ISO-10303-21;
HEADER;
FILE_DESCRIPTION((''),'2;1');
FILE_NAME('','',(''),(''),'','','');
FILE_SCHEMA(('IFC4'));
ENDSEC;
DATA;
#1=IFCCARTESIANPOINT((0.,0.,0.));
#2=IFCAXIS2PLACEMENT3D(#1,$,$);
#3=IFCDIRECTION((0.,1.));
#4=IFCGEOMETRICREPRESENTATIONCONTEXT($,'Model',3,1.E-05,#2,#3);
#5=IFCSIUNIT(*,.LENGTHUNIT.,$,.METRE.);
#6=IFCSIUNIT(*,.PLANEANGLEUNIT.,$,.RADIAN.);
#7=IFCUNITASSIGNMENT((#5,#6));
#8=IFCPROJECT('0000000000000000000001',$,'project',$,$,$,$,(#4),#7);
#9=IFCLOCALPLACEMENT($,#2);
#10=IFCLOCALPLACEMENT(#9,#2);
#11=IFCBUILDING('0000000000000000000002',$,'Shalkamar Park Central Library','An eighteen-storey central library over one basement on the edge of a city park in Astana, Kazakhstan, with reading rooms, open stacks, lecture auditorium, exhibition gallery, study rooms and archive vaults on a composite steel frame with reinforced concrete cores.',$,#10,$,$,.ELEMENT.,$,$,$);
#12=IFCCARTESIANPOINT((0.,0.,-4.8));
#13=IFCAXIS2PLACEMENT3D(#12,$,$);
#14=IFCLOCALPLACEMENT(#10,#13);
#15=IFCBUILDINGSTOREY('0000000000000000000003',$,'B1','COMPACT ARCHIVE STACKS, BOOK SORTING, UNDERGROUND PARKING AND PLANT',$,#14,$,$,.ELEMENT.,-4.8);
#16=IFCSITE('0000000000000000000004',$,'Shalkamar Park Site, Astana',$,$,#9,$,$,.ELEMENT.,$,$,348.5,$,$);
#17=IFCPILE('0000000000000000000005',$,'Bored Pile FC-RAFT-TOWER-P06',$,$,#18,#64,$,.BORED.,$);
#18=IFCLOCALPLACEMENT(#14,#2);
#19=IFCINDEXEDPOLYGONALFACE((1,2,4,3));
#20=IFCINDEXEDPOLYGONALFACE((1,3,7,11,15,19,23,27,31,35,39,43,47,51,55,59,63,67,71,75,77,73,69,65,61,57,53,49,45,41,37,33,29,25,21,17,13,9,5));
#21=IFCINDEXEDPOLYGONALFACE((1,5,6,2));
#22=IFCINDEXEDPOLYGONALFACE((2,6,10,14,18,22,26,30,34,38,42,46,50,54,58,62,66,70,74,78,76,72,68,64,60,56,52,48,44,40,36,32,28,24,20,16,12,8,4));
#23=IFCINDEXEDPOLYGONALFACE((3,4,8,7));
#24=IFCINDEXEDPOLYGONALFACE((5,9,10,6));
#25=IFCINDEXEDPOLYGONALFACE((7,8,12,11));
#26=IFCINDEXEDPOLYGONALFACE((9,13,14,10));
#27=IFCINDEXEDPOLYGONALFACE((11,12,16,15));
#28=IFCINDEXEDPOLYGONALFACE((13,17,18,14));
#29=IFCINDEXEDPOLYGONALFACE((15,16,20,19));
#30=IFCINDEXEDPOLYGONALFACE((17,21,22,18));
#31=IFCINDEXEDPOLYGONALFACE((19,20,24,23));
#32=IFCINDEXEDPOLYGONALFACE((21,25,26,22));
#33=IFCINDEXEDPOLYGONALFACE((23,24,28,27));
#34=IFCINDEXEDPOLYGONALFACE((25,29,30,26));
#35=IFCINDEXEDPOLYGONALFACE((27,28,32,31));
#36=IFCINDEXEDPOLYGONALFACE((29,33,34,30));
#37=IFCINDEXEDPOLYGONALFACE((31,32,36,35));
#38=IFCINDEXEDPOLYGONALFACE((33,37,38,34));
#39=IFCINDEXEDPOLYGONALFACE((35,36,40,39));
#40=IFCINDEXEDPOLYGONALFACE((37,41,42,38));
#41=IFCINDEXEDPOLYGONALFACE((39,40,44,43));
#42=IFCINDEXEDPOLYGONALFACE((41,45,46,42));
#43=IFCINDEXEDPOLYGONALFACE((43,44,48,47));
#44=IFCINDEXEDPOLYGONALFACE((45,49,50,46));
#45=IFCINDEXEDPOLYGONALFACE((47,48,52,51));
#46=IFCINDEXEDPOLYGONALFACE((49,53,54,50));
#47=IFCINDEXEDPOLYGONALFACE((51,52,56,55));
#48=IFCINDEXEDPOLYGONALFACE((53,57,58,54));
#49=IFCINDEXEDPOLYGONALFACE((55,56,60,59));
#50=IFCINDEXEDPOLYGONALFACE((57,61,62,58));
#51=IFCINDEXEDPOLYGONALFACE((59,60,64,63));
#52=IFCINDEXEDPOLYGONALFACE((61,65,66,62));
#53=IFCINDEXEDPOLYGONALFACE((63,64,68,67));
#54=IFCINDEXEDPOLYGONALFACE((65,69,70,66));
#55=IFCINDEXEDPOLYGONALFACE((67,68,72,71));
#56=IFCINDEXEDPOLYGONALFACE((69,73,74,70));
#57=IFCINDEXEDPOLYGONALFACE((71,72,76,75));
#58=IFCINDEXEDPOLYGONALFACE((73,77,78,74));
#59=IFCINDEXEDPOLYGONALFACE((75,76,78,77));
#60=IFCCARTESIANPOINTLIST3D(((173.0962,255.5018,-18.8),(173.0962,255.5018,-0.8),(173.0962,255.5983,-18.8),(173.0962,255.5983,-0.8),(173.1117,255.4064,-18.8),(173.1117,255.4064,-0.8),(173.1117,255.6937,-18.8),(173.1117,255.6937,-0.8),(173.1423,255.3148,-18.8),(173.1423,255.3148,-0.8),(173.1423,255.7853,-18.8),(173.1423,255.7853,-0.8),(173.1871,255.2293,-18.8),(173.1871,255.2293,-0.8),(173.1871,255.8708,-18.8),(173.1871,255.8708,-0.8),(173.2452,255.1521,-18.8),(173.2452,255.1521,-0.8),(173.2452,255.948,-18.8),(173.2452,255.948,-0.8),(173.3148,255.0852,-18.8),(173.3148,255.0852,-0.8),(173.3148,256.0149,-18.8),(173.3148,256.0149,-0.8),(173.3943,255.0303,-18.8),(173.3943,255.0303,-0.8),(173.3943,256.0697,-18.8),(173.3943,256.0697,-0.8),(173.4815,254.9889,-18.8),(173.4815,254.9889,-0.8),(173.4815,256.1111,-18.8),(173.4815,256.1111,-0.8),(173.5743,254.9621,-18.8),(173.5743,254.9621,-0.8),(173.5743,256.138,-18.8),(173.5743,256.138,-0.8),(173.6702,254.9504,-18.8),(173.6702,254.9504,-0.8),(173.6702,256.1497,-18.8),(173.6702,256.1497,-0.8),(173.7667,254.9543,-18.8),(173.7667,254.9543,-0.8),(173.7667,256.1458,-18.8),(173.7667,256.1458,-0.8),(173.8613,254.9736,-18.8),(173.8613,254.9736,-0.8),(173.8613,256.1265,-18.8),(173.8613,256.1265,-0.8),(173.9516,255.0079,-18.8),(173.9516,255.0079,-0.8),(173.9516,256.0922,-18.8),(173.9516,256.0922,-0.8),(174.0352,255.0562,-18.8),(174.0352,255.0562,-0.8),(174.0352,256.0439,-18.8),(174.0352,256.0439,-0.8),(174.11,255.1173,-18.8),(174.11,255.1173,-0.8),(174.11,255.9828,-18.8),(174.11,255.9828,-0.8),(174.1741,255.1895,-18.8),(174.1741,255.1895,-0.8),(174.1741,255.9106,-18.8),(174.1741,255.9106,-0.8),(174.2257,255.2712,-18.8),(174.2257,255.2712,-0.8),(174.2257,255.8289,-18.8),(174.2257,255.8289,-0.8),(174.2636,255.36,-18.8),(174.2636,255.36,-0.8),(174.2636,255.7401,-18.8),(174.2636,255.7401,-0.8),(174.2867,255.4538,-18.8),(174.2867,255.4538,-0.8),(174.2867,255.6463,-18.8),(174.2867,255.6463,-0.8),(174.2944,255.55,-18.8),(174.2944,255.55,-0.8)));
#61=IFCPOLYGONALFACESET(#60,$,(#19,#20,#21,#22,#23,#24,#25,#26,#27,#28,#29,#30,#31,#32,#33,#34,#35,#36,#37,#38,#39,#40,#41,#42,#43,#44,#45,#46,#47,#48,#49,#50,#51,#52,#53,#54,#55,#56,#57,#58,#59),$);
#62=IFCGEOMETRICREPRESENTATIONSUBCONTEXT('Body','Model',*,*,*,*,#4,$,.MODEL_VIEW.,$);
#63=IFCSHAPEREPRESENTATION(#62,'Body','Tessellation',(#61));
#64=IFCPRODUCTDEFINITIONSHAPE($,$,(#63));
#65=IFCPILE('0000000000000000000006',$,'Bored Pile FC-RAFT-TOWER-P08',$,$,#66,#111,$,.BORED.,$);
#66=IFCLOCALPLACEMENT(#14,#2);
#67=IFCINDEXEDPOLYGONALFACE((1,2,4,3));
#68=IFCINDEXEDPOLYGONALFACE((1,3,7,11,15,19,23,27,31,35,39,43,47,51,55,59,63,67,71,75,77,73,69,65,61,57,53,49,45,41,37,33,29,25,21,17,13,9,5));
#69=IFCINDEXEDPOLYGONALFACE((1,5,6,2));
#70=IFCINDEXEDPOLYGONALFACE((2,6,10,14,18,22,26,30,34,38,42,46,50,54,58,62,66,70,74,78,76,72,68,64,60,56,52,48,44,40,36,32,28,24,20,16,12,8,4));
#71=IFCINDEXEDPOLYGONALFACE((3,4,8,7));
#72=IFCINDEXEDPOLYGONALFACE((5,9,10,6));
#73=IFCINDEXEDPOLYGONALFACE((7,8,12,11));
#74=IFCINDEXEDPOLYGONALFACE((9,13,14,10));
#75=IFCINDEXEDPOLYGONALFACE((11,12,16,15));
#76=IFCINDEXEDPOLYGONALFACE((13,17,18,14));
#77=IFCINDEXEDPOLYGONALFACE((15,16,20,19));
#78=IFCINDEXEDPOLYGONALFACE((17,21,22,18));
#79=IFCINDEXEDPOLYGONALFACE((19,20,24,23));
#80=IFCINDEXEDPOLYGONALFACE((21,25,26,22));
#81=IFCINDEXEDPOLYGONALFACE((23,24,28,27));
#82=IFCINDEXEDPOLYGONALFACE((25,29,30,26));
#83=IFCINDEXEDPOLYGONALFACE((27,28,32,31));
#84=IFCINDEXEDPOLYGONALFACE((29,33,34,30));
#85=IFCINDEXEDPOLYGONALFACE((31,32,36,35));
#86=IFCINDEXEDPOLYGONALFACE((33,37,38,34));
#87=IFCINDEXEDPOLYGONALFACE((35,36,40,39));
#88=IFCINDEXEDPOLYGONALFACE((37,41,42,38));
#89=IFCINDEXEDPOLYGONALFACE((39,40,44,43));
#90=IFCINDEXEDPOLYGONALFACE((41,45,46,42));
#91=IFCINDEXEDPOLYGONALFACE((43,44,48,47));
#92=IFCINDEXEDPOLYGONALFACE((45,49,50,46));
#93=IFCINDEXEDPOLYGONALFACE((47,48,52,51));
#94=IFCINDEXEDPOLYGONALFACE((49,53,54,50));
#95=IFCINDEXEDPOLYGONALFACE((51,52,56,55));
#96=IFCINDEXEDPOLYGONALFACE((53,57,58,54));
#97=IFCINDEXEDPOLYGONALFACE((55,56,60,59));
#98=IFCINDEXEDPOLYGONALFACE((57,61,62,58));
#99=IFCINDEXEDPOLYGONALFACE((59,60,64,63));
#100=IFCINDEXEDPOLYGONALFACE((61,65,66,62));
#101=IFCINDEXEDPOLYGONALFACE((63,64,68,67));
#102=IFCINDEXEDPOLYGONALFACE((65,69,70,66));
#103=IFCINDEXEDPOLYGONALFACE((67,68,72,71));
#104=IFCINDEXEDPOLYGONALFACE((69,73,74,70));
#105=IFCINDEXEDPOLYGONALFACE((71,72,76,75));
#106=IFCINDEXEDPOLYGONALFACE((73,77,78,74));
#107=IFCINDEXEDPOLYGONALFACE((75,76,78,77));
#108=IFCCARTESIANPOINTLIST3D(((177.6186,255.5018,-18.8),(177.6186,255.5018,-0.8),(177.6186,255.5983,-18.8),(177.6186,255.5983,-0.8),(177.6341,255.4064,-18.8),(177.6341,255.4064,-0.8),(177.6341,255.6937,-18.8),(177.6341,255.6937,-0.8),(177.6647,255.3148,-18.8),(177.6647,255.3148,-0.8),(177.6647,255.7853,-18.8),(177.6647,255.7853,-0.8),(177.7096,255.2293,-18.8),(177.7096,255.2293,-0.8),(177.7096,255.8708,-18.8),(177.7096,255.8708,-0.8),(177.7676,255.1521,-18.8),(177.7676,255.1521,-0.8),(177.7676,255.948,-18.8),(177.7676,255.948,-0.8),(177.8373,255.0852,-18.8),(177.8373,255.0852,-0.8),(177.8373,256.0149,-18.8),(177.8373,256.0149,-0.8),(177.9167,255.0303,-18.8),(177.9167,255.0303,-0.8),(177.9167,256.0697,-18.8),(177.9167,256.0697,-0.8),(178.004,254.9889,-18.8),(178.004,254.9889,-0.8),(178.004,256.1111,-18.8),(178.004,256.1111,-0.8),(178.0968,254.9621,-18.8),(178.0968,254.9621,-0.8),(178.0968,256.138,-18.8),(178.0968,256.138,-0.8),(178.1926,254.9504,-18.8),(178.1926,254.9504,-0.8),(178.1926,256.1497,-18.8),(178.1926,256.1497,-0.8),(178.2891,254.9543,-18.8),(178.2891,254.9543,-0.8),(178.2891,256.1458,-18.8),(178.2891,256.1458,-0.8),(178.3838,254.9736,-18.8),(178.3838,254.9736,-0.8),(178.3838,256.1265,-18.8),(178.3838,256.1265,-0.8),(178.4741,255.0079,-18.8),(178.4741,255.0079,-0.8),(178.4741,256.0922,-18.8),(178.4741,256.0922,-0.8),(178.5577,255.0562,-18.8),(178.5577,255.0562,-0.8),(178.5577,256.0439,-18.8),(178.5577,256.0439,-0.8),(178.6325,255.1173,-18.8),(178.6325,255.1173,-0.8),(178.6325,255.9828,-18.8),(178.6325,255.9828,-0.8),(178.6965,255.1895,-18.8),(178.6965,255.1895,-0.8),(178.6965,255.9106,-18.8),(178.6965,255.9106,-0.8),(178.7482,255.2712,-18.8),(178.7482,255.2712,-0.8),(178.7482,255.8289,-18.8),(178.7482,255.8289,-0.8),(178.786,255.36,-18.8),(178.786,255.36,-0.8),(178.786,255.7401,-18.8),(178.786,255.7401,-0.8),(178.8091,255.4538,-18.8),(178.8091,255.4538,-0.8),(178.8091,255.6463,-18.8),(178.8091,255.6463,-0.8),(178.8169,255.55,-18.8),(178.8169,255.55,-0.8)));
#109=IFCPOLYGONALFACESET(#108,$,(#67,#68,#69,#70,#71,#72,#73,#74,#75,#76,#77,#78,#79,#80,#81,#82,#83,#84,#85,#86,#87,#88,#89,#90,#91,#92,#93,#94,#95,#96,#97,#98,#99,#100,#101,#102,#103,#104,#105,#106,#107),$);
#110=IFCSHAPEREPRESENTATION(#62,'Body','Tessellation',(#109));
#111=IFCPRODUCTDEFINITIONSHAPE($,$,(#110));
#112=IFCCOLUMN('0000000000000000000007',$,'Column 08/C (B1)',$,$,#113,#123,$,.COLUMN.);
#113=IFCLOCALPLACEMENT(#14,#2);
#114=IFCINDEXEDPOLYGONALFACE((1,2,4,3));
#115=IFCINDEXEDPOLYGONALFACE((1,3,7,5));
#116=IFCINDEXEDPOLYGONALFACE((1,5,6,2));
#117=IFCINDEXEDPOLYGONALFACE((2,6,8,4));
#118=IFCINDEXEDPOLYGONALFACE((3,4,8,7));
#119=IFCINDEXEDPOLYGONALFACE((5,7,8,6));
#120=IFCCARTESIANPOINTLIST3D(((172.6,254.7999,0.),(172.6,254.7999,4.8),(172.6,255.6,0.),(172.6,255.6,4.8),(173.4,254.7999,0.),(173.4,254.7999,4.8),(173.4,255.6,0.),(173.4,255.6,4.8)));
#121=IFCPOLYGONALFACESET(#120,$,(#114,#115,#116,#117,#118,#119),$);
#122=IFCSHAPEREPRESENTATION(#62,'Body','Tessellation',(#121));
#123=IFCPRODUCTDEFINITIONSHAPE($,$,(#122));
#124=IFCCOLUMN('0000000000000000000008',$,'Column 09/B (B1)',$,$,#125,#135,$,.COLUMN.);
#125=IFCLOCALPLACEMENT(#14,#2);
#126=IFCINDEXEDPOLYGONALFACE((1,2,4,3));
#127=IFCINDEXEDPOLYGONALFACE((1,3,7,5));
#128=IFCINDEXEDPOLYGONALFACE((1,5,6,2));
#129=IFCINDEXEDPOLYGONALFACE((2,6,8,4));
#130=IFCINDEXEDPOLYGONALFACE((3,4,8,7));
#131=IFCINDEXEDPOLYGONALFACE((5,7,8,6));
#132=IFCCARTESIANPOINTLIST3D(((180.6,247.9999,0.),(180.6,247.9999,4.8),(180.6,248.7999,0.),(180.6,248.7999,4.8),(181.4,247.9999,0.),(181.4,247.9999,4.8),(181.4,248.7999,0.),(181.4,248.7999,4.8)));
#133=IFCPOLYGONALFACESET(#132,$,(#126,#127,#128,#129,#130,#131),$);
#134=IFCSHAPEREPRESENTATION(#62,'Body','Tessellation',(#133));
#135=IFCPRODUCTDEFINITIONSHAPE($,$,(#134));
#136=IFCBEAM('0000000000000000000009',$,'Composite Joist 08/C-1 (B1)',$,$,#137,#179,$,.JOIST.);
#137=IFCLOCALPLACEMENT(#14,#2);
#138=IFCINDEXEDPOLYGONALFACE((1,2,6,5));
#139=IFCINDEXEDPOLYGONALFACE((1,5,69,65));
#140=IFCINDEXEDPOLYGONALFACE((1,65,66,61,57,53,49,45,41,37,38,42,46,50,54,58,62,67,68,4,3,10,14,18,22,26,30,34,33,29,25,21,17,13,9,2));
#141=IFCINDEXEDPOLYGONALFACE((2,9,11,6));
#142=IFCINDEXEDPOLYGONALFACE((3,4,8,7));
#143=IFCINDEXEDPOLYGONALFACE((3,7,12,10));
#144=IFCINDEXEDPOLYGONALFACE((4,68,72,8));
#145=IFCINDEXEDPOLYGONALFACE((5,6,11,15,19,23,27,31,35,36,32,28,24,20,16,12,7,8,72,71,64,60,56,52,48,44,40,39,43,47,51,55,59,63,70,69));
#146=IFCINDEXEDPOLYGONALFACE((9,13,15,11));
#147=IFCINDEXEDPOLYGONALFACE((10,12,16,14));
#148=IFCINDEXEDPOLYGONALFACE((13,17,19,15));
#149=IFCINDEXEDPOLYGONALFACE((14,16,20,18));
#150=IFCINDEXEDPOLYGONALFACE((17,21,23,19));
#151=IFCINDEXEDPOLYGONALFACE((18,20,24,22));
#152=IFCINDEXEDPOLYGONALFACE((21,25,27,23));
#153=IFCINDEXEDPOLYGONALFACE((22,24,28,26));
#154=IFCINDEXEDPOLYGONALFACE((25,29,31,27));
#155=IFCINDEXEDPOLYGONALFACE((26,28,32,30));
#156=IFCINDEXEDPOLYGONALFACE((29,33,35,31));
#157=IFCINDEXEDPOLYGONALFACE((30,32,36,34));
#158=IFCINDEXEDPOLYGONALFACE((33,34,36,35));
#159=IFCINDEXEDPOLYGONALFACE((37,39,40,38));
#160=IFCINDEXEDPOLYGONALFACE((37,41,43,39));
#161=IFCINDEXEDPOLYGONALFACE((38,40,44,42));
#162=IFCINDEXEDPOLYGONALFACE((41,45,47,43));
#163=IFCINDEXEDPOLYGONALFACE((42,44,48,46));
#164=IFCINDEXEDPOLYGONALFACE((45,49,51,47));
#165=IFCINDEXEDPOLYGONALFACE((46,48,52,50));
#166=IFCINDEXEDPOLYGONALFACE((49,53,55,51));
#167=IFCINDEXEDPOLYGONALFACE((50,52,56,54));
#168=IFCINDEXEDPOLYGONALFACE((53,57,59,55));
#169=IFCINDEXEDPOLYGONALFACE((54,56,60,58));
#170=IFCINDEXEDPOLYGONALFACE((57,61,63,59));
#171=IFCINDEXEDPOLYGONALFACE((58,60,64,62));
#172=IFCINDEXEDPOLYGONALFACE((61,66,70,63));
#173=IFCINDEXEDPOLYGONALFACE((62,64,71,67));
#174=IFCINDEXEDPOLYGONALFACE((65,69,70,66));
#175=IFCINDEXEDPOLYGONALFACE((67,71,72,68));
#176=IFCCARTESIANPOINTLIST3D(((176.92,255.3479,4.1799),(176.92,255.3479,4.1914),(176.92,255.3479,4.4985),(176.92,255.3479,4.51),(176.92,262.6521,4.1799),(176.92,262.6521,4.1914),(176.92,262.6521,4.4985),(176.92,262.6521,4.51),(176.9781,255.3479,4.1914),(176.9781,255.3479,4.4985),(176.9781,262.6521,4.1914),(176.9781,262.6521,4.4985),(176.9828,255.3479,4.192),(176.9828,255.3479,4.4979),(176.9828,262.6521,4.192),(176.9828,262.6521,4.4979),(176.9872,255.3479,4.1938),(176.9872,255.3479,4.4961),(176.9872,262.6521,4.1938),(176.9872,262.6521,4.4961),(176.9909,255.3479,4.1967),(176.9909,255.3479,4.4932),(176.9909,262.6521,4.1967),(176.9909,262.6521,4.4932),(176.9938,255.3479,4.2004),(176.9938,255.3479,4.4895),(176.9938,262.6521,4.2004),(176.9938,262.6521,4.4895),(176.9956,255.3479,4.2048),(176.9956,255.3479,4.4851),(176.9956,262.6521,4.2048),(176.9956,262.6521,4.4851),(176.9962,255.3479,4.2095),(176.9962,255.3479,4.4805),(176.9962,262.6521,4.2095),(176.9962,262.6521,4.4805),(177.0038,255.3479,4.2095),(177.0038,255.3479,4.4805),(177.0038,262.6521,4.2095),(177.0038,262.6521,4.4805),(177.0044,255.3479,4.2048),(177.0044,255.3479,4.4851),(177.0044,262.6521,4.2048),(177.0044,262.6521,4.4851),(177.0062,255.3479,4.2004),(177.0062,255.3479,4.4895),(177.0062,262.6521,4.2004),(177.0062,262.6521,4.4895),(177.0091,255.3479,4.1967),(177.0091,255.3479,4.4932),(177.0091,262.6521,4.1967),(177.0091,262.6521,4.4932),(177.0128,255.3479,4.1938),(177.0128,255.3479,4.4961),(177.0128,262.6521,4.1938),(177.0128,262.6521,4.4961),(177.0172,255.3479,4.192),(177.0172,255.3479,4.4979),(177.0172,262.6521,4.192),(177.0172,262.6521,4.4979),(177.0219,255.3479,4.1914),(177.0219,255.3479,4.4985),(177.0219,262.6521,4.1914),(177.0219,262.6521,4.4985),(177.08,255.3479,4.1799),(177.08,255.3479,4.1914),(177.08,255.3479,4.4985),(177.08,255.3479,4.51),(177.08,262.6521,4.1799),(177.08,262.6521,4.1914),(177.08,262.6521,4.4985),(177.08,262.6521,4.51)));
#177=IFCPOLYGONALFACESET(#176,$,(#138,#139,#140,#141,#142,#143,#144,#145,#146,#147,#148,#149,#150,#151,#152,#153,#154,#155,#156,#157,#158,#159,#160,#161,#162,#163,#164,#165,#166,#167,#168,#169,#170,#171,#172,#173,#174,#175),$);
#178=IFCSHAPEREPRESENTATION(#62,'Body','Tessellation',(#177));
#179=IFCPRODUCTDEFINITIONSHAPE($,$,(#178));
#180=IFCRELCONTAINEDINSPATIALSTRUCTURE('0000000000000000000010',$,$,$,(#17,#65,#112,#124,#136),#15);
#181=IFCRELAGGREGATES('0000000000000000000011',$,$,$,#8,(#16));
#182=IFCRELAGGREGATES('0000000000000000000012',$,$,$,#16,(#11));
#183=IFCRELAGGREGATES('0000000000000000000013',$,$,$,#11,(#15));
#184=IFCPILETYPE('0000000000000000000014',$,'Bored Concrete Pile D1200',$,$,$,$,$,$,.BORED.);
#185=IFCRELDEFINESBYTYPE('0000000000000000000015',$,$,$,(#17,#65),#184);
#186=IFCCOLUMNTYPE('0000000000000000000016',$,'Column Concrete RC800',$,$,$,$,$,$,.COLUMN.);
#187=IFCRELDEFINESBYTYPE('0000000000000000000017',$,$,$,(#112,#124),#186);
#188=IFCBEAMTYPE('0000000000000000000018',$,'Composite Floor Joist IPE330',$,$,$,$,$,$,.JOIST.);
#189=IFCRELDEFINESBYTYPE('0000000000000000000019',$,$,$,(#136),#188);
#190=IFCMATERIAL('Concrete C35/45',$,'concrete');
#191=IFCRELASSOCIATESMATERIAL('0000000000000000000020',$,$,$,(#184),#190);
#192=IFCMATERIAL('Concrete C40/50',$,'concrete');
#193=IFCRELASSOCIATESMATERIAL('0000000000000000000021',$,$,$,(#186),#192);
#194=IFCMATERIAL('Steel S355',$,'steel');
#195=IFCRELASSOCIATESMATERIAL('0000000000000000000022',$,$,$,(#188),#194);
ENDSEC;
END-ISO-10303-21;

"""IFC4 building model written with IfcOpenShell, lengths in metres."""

from ifc_helpers import new_model, si_unit, direction, frame, origin, origin_2d, place, context, subcontext, project, spatial, rectangle, circle, i_section, extrude, material, material_profile, profile_set, type_object, element, save


model = new_model("IFC4")

# Units and contexts
model_context = context("Model", 3, precision=1e-05, world=origin(), true_north=direction((0.0, 1.0)))
body_context = subcontext(model_context, "Body", "Model", "MODEL_VIEW")
ifc_project = project(units=[si_unit("LENGTHUNIT", "METRE"), si_unit("PLANEANGLEUNIT", "RADIAN")], contexts=[model_context])

# Site, building, storey
site_placement = place(None, origin())
site = spatial("IfcSite", under=ifc_project, at=site_placement, Name="Shalkamar Park Site, Astana", CompositionType="ELEMENT", RefElevation=348.5)
building_placement = place(site_placement, origin())
building = spatial("IfcBuilding", under=site, at=building_placement, Name="Shalkamar Park Central Library", Description="An eighteen-storey central library over one basement on the edge of a city park in Astana, Kazakhstan, with reading rooms, open stacks, lecture auditorium, exhibition gallery, study rooms and archive vaults on a composite steel frame with reinforced concrete cores.", CompositionType="ELEMENT")
storey_placement = place(building_placement, frame((0.0, 0.0, -4.8)))
storey = spatial("IfcBuildingStorey", under=building, at=storey_placement, Name="B1", Description="COMPACT ARCHIVE STACKS, BOOK SORTING, UNDERGROUND PARKING AND PLANT", CompositionType="ELEMENT", Elevation=-4.8)

# Piles
ifc_material_1 = material(Name="Concrete C35/45", Category="concrete")
ifc_material_profile_1 = material_profile(ifc_material_1, circle(Radius=0.6001, at=origin_2d()), Name="PILE D1200")
ifc_profile_set_1 = profile_set([ifc_material_profile_1], Name="Concrete C35/45")
pile_type = type_object("IfcPileType", Name="Bored Concrete Pile D1200", PredefinedType="BORED", material=ifc_profile_set_1)
for number, where, z_axis, x_axis, name in (
    (1, (173.6943, 255.55, -0.8), (0.0, 0.0, -1.0), (1.0, 0.0, 0.0), "Bored Pile FC-RAFT-TOWER-P06"),
    (2, (178.2168, 255.55, -0.8), (0.0, 0.0, -1.0), (1.0, 0.0, 0.0), "Bored Pile FC-RAFT-TOWER-P08"),
):
    element("IfcPile", number, at=place(storey_placement, frame(where, z_axis=z_axis, x_axis=x_axis)), inside=storey, type_object=pile_type, Name=name, PredefinedType="BORED", context=body_context, shape_type="SweptSolid", body=[
        extrude(circle(Radius=0.6001, at=origin_2d()), origin(), (0.0, 0.0, 1.0), 18.0),
    ])

# Columns
ifc_material_2 = material(Name="Concrete C40/50", Category="concrete")
ifc_material_profile_2 = material_profile(ifc_material_2, rectangle(XDim=0.8, YDim=0.8, at=origin_2d()), Name="RC 800x800")
ifc_profile_set_2 = profile_set([ifc_material_profile_2], Name="Concrete C40/50")
column_type = type_object("IfcColumnType", Name="Column Concrete RC800", PredefinedType="COLUMN", material=ifc_profile_set_2)
for number, where, z_axis, x_axis, name in (
    (3, (173.0, 255.2, 0.0), (0.0, 0.0, 1.0), (1.0, 0.0, 0.0), "Column 08/C (B1)"),
    (4, (181.0, 248.3999, 0.0), (0.0, 0.0, 1.0), (1.0, 0.0, 0.0), "Column 09/B (B1)"),
):
    element("IfcColumn", number, at=place(storey_placement, frame(where, z_axis=z_axis, x_axis=x_axis)), inside=storey, type_object=column_type, Name=name, PredefinedType="COLUMN", context=body_context, shape_type="SweptSolid", body=[
        extrude(rectangle(XDim=0.8, YDim=0.8, at=origin_2d()), origin(), (0.0, 0.0, 1.0), 4.8),
    ])

# Beam
ifc_material_3 = material(Name="Steel S355", Category="steel")
ifc_material_profile_3 = material_profile(ifc_material_3, i_section(OverallWidth=0.1599, OverallDepth=0.3301, WebThickness=0.0076, FlangeThickness=0.0115, FilletRadius=0.0181, at=origin_2d()), Name="IPE 330")
ifc_profile_set_3 = profile_set([ifc_material_profile_3], Name="Steel S355")
beam_type_1 = type_object("IfcBeamType", Name="Composite Floor Joist IPE330", PredefinedType="JOIST", material=ifc_profile_set_3)
beam_1_placement = place(storey_placement, frame((177.0, 255.3479, 4.345), z_axis=(0.0, 1.0, 0.0), x_axis=(-1.0, 0.0, 0.0)))
element("IfcBeam", 5, at=beam_1_placement, inside=storey, type_object=beam_type_1, Name="Composite Joist 08/C-1 (B1)", PredefinedType="JOIST", context=body_context, shape_type="SweptSolid", body=[
    extrude(i_section(OverallWidth=0.1599, OverallDepth=0.3301, WebThickness=0.0076, FlangeThickness=0.0115, FilletRadius=0.0181, at=origin_2d()), origin(), (0.0, 0.0, 1.0), 7.3042),
])

save(model, "model.ifc")
